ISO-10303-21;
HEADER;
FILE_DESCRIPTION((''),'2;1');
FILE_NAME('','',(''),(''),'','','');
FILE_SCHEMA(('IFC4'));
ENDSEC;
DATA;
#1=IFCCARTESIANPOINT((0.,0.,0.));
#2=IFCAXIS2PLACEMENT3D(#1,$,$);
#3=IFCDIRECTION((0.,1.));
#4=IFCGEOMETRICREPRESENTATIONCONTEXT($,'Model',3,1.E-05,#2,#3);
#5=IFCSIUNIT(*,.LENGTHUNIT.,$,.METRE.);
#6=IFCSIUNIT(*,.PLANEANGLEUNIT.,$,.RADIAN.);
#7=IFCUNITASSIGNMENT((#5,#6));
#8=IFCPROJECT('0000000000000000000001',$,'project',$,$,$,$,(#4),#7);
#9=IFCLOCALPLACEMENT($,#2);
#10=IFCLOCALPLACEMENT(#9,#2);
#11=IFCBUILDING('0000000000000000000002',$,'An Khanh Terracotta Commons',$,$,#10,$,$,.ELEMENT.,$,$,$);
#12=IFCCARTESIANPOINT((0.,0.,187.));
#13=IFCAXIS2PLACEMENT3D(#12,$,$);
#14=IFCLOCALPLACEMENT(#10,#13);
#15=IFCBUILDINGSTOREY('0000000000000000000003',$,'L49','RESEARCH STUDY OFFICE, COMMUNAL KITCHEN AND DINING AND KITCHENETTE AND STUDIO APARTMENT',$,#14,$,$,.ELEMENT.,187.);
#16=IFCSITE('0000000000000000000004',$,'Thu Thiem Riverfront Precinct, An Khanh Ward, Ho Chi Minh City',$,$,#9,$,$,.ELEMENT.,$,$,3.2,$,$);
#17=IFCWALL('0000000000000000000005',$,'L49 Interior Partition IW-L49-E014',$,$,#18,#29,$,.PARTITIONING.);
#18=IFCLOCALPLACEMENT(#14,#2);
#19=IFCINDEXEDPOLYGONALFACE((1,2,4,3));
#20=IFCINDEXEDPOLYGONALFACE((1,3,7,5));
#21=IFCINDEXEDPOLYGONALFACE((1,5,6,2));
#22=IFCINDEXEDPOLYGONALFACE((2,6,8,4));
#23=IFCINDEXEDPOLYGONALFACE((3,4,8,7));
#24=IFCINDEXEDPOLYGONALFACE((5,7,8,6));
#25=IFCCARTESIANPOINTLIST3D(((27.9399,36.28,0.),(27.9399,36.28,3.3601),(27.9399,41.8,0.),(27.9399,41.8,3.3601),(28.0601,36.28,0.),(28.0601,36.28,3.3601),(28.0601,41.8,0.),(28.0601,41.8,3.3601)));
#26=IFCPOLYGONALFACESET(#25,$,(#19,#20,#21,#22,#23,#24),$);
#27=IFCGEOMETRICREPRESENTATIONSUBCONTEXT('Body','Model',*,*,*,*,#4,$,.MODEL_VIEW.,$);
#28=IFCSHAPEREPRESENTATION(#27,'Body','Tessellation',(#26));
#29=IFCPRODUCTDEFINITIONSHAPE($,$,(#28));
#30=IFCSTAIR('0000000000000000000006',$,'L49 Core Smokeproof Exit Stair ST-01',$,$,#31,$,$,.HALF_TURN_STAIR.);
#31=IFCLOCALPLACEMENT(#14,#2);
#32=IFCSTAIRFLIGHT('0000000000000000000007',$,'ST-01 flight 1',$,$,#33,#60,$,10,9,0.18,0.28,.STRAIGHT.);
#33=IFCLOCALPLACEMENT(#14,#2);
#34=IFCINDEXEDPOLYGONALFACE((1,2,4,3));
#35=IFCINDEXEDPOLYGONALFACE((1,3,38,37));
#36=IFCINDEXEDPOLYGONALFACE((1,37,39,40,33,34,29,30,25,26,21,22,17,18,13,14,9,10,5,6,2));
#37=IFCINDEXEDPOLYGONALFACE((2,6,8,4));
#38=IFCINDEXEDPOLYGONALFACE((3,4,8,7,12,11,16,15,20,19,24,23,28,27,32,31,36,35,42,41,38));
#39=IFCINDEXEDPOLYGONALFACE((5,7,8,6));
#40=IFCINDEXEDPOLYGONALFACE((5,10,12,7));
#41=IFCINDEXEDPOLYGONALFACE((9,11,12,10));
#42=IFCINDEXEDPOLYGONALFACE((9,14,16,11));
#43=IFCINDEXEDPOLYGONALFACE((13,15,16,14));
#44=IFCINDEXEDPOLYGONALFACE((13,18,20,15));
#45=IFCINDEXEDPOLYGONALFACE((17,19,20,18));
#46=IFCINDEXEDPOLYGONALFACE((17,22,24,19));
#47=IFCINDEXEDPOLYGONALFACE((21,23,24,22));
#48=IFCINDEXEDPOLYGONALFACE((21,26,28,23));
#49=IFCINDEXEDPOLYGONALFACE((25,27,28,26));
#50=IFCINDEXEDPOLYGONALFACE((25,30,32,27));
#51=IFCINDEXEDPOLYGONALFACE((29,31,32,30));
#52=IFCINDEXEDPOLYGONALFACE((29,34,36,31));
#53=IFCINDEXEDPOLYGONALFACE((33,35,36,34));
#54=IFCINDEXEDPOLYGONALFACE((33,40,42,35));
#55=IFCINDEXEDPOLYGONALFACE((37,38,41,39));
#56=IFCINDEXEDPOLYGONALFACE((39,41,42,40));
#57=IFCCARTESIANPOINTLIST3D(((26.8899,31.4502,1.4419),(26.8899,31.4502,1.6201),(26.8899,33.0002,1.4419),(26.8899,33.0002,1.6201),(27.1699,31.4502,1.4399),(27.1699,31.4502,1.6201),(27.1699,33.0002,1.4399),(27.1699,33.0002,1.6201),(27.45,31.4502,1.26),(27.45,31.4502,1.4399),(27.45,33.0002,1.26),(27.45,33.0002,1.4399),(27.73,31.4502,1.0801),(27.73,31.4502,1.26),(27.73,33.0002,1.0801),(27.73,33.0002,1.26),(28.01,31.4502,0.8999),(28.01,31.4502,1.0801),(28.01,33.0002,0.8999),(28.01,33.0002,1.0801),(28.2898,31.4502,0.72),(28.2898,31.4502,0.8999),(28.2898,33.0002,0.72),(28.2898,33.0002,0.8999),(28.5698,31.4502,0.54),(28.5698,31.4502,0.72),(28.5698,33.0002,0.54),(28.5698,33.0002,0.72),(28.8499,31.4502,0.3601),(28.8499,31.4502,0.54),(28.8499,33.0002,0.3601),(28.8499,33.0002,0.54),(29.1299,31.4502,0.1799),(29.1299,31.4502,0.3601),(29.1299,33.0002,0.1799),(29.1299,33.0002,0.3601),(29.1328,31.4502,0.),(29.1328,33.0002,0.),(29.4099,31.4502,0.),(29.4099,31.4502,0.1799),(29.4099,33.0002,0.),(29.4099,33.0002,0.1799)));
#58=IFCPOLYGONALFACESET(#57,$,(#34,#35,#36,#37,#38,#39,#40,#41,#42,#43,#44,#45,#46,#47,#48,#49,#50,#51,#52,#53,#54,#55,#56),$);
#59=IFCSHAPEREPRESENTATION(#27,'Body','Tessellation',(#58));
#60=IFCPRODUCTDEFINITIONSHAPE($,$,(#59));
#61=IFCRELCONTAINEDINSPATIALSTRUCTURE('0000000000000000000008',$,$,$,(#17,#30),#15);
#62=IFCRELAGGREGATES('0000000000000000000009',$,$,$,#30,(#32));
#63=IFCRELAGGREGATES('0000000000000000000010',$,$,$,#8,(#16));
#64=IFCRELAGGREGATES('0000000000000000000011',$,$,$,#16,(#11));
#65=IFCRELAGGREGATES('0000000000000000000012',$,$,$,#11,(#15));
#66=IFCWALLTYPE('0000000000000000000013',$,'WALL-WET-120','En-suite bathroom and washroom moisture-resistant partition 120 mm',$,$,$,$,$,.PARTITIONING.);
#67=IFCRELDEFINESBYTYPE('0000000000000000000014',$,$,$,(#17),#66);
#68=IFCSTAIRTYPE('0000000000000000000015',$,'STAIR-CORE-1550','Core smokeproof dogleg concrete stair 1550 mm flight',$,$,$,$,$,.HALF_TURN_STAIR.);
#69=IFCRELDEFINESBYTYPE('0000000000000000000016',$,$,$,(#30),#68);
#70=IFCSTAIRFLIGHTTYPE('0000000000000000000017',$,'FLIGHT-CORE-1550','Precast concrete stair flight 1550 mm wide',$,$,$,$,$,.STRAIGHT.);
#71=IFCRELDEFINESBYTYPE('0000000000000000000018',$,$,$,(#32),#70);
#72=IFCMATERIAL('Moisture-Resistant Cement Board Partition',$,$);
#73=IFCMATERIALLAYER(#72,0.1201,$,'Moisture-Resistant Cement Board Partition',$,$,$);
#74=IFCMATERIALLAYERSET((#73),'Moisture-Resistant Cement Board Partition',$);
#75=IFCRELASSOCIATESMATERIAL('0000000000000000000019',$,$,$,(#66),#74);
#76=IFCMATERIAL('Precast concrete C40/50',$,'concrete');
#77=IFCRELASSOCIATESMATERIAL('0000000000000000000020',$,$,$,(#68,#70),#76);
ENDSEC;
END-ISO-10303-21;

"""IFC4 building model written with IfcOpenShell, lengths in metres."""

from ifc_helpers import new_model, si_unit, direction, frame, frame_2d, origin, place, context, subcontext, project, spatial, polyline, rectangle, outline, extrude, material, layer, layer_set, type_object, element, aggregate, save


model = new_model("IFC4")

# Units and contexts
model_context = context("Model", 3, precision=1e-05, world=origin(), true_north=direction((0.0, 1.0)))
body_context = subcontext(model_context, "Body", "Model", "MODEL_VIEW")
ifc_project = project(units=[si_unit("LENGTHUNIT", "METRE"), si_unit("PLANEANGLEUNIT", "RADIAN")], contexts=[model_context])

# Site, building, storey
site_placement = place(None, origin())
site = spatial("IfcSite", under=ifc_project, at=site_placement, Name="Thu Thiem Riverfront Precinct, An Khanh Ward, Ho Chi Minh City", CompositionType="ELEMENT", RefElevation=3.2)
building_placement = place(site_placement, origin())
building = spatial("IfcBuilding", under=site, at=building_placement, Name="An Khanh Terracotta Commons", CompositionType="ELEMENT")
storey_placement = place(building_placement, frame((0.0, 0.0, 187.0)))
storey = spatial("IfcBuildingStorey", under=building, at=storey_placement, Name="L49", Description="RESEARCH STUDY OFFICE, COMMUNAL KITCHEN AND DINING AND KITCHENETTE AND STUDIO APARTMENT", CompositionType="ELEMENT", Elevation=187.0)

# Wall
ifc_material_1 = material(Name="Moisture-Resistant Cement Board Partition")
ifc_layer_1 = layer(ifc_material_1, 0.1201, Name="Moisture-Resistant Cement Board Partition")
ifc_layer_set_1 = layer_set([ifc_layer_1], Name="Moisture-Resistant Cement Board Partition")
wall_type_1 = type_object("IfcWallType", Name="WALL-WET-120", Description="En-suite bathroom and washroom moisture-resistant partition 120 mm", PredefinedType="PARTITIONING", material=ifc_layer_set_1)
wall_1_placement = place(storey_placement, frame((28.0, 36.28, 0.0), z_axis=(0.0, 0.0, 1.0), x_axis=(0.0, 1.0, 0.0)))
element("IfcWall", 1, at=wall_1_placement, inside=storey, type_object=wall_type_1, Name="L49 Interior Partition IW-L49-E014", PredefinedType="PARTITIONING", context=body_context, shape_type="SweptSolid", body=[
    extrude(rectangle(XDim=5.52, YDim=0.1201, at=frame_2d((2.76, 0.0))), origin(), (0.0, 0.0, 1.0), 3.3601),
])

# Stair, stair flight
ifc_material_2 = material(Name="Precast concrete C40/50", Category="concrete")
stair_type = type_object("IfcStairType", Name="STAIR-CORE-1550", Description="Core smokeproof dogleg concrete stair 1550 mm flight", PredefinedType="HALF_TURN_STAIR", material=ifc_material_2)
stair_placement = place(storey_placement, origin())
stair = element("IfcStair", 2, at=stair_placement, inside=storey, type_object=stair_type, Name="L49 Core Smokeproof Exit Stair ST-01", PredefinedType="HALF_TURN_STAIR")
stair_flight_type = type_object("IfcStairFlightType", Name="FLIGHT-CORE-1550", Description="Precast concrete stair flight 1550 mm wide", PredefinedType="STRAIGHT", material=ifc_material_2)
stair_flight_placement = place(storey_placement, frame((29.4099, 32.2251, 0.0), z_axis=(0.0, 0.0, 1.0), x_axis=(-1.0, 0.0, 0.0)))
stair_flight = element("IfcStairFlight", 3, at=stair_flight_placement, type_object=stair_flight_type, Name="ST-01 flight 1", NumberOfRisers=10, NumberOfTreads=9, PredefinedType="STRAIGHT", RiserHeight=0.18, TreadLength=0.28, context=body_context, shape_type="SweptSolid", body=[
    extrude(outline(polyline([(0.0, 0.0), (0.0, 0.1799), (0.28, 0.1799), (0.28, 0.3601), (0.5601, 0.3601), (0.5601, 0.54), (0.8401, 0.54), (0.8401, 0.72), (1.1201, 0.72), (1.1201, 0.8999), (1.3999, 0.8999), (1.3999, 1.0801), (1.6799, 1.0801), (1.6799, 1.26), (1.96, 1.26), (1.96, 1.4399), (2.24, 1.4399), (2.24, 1.6201), (2.52, 1.6201), (2.52, 1.8), (2.52, 1.4419), (0.2771, 0.0), (0.0, 0.0)])), frame((0.0, 0.7749, 0.0), z_axis=(0.0, -1.0, 0.0), x_axis=(1.0, 0.0, 0.0)), (0.0, 0.0, 1.0), 1.55),
])
aggregate(stair, [stair_flight])

save(model, "model.ifc")
